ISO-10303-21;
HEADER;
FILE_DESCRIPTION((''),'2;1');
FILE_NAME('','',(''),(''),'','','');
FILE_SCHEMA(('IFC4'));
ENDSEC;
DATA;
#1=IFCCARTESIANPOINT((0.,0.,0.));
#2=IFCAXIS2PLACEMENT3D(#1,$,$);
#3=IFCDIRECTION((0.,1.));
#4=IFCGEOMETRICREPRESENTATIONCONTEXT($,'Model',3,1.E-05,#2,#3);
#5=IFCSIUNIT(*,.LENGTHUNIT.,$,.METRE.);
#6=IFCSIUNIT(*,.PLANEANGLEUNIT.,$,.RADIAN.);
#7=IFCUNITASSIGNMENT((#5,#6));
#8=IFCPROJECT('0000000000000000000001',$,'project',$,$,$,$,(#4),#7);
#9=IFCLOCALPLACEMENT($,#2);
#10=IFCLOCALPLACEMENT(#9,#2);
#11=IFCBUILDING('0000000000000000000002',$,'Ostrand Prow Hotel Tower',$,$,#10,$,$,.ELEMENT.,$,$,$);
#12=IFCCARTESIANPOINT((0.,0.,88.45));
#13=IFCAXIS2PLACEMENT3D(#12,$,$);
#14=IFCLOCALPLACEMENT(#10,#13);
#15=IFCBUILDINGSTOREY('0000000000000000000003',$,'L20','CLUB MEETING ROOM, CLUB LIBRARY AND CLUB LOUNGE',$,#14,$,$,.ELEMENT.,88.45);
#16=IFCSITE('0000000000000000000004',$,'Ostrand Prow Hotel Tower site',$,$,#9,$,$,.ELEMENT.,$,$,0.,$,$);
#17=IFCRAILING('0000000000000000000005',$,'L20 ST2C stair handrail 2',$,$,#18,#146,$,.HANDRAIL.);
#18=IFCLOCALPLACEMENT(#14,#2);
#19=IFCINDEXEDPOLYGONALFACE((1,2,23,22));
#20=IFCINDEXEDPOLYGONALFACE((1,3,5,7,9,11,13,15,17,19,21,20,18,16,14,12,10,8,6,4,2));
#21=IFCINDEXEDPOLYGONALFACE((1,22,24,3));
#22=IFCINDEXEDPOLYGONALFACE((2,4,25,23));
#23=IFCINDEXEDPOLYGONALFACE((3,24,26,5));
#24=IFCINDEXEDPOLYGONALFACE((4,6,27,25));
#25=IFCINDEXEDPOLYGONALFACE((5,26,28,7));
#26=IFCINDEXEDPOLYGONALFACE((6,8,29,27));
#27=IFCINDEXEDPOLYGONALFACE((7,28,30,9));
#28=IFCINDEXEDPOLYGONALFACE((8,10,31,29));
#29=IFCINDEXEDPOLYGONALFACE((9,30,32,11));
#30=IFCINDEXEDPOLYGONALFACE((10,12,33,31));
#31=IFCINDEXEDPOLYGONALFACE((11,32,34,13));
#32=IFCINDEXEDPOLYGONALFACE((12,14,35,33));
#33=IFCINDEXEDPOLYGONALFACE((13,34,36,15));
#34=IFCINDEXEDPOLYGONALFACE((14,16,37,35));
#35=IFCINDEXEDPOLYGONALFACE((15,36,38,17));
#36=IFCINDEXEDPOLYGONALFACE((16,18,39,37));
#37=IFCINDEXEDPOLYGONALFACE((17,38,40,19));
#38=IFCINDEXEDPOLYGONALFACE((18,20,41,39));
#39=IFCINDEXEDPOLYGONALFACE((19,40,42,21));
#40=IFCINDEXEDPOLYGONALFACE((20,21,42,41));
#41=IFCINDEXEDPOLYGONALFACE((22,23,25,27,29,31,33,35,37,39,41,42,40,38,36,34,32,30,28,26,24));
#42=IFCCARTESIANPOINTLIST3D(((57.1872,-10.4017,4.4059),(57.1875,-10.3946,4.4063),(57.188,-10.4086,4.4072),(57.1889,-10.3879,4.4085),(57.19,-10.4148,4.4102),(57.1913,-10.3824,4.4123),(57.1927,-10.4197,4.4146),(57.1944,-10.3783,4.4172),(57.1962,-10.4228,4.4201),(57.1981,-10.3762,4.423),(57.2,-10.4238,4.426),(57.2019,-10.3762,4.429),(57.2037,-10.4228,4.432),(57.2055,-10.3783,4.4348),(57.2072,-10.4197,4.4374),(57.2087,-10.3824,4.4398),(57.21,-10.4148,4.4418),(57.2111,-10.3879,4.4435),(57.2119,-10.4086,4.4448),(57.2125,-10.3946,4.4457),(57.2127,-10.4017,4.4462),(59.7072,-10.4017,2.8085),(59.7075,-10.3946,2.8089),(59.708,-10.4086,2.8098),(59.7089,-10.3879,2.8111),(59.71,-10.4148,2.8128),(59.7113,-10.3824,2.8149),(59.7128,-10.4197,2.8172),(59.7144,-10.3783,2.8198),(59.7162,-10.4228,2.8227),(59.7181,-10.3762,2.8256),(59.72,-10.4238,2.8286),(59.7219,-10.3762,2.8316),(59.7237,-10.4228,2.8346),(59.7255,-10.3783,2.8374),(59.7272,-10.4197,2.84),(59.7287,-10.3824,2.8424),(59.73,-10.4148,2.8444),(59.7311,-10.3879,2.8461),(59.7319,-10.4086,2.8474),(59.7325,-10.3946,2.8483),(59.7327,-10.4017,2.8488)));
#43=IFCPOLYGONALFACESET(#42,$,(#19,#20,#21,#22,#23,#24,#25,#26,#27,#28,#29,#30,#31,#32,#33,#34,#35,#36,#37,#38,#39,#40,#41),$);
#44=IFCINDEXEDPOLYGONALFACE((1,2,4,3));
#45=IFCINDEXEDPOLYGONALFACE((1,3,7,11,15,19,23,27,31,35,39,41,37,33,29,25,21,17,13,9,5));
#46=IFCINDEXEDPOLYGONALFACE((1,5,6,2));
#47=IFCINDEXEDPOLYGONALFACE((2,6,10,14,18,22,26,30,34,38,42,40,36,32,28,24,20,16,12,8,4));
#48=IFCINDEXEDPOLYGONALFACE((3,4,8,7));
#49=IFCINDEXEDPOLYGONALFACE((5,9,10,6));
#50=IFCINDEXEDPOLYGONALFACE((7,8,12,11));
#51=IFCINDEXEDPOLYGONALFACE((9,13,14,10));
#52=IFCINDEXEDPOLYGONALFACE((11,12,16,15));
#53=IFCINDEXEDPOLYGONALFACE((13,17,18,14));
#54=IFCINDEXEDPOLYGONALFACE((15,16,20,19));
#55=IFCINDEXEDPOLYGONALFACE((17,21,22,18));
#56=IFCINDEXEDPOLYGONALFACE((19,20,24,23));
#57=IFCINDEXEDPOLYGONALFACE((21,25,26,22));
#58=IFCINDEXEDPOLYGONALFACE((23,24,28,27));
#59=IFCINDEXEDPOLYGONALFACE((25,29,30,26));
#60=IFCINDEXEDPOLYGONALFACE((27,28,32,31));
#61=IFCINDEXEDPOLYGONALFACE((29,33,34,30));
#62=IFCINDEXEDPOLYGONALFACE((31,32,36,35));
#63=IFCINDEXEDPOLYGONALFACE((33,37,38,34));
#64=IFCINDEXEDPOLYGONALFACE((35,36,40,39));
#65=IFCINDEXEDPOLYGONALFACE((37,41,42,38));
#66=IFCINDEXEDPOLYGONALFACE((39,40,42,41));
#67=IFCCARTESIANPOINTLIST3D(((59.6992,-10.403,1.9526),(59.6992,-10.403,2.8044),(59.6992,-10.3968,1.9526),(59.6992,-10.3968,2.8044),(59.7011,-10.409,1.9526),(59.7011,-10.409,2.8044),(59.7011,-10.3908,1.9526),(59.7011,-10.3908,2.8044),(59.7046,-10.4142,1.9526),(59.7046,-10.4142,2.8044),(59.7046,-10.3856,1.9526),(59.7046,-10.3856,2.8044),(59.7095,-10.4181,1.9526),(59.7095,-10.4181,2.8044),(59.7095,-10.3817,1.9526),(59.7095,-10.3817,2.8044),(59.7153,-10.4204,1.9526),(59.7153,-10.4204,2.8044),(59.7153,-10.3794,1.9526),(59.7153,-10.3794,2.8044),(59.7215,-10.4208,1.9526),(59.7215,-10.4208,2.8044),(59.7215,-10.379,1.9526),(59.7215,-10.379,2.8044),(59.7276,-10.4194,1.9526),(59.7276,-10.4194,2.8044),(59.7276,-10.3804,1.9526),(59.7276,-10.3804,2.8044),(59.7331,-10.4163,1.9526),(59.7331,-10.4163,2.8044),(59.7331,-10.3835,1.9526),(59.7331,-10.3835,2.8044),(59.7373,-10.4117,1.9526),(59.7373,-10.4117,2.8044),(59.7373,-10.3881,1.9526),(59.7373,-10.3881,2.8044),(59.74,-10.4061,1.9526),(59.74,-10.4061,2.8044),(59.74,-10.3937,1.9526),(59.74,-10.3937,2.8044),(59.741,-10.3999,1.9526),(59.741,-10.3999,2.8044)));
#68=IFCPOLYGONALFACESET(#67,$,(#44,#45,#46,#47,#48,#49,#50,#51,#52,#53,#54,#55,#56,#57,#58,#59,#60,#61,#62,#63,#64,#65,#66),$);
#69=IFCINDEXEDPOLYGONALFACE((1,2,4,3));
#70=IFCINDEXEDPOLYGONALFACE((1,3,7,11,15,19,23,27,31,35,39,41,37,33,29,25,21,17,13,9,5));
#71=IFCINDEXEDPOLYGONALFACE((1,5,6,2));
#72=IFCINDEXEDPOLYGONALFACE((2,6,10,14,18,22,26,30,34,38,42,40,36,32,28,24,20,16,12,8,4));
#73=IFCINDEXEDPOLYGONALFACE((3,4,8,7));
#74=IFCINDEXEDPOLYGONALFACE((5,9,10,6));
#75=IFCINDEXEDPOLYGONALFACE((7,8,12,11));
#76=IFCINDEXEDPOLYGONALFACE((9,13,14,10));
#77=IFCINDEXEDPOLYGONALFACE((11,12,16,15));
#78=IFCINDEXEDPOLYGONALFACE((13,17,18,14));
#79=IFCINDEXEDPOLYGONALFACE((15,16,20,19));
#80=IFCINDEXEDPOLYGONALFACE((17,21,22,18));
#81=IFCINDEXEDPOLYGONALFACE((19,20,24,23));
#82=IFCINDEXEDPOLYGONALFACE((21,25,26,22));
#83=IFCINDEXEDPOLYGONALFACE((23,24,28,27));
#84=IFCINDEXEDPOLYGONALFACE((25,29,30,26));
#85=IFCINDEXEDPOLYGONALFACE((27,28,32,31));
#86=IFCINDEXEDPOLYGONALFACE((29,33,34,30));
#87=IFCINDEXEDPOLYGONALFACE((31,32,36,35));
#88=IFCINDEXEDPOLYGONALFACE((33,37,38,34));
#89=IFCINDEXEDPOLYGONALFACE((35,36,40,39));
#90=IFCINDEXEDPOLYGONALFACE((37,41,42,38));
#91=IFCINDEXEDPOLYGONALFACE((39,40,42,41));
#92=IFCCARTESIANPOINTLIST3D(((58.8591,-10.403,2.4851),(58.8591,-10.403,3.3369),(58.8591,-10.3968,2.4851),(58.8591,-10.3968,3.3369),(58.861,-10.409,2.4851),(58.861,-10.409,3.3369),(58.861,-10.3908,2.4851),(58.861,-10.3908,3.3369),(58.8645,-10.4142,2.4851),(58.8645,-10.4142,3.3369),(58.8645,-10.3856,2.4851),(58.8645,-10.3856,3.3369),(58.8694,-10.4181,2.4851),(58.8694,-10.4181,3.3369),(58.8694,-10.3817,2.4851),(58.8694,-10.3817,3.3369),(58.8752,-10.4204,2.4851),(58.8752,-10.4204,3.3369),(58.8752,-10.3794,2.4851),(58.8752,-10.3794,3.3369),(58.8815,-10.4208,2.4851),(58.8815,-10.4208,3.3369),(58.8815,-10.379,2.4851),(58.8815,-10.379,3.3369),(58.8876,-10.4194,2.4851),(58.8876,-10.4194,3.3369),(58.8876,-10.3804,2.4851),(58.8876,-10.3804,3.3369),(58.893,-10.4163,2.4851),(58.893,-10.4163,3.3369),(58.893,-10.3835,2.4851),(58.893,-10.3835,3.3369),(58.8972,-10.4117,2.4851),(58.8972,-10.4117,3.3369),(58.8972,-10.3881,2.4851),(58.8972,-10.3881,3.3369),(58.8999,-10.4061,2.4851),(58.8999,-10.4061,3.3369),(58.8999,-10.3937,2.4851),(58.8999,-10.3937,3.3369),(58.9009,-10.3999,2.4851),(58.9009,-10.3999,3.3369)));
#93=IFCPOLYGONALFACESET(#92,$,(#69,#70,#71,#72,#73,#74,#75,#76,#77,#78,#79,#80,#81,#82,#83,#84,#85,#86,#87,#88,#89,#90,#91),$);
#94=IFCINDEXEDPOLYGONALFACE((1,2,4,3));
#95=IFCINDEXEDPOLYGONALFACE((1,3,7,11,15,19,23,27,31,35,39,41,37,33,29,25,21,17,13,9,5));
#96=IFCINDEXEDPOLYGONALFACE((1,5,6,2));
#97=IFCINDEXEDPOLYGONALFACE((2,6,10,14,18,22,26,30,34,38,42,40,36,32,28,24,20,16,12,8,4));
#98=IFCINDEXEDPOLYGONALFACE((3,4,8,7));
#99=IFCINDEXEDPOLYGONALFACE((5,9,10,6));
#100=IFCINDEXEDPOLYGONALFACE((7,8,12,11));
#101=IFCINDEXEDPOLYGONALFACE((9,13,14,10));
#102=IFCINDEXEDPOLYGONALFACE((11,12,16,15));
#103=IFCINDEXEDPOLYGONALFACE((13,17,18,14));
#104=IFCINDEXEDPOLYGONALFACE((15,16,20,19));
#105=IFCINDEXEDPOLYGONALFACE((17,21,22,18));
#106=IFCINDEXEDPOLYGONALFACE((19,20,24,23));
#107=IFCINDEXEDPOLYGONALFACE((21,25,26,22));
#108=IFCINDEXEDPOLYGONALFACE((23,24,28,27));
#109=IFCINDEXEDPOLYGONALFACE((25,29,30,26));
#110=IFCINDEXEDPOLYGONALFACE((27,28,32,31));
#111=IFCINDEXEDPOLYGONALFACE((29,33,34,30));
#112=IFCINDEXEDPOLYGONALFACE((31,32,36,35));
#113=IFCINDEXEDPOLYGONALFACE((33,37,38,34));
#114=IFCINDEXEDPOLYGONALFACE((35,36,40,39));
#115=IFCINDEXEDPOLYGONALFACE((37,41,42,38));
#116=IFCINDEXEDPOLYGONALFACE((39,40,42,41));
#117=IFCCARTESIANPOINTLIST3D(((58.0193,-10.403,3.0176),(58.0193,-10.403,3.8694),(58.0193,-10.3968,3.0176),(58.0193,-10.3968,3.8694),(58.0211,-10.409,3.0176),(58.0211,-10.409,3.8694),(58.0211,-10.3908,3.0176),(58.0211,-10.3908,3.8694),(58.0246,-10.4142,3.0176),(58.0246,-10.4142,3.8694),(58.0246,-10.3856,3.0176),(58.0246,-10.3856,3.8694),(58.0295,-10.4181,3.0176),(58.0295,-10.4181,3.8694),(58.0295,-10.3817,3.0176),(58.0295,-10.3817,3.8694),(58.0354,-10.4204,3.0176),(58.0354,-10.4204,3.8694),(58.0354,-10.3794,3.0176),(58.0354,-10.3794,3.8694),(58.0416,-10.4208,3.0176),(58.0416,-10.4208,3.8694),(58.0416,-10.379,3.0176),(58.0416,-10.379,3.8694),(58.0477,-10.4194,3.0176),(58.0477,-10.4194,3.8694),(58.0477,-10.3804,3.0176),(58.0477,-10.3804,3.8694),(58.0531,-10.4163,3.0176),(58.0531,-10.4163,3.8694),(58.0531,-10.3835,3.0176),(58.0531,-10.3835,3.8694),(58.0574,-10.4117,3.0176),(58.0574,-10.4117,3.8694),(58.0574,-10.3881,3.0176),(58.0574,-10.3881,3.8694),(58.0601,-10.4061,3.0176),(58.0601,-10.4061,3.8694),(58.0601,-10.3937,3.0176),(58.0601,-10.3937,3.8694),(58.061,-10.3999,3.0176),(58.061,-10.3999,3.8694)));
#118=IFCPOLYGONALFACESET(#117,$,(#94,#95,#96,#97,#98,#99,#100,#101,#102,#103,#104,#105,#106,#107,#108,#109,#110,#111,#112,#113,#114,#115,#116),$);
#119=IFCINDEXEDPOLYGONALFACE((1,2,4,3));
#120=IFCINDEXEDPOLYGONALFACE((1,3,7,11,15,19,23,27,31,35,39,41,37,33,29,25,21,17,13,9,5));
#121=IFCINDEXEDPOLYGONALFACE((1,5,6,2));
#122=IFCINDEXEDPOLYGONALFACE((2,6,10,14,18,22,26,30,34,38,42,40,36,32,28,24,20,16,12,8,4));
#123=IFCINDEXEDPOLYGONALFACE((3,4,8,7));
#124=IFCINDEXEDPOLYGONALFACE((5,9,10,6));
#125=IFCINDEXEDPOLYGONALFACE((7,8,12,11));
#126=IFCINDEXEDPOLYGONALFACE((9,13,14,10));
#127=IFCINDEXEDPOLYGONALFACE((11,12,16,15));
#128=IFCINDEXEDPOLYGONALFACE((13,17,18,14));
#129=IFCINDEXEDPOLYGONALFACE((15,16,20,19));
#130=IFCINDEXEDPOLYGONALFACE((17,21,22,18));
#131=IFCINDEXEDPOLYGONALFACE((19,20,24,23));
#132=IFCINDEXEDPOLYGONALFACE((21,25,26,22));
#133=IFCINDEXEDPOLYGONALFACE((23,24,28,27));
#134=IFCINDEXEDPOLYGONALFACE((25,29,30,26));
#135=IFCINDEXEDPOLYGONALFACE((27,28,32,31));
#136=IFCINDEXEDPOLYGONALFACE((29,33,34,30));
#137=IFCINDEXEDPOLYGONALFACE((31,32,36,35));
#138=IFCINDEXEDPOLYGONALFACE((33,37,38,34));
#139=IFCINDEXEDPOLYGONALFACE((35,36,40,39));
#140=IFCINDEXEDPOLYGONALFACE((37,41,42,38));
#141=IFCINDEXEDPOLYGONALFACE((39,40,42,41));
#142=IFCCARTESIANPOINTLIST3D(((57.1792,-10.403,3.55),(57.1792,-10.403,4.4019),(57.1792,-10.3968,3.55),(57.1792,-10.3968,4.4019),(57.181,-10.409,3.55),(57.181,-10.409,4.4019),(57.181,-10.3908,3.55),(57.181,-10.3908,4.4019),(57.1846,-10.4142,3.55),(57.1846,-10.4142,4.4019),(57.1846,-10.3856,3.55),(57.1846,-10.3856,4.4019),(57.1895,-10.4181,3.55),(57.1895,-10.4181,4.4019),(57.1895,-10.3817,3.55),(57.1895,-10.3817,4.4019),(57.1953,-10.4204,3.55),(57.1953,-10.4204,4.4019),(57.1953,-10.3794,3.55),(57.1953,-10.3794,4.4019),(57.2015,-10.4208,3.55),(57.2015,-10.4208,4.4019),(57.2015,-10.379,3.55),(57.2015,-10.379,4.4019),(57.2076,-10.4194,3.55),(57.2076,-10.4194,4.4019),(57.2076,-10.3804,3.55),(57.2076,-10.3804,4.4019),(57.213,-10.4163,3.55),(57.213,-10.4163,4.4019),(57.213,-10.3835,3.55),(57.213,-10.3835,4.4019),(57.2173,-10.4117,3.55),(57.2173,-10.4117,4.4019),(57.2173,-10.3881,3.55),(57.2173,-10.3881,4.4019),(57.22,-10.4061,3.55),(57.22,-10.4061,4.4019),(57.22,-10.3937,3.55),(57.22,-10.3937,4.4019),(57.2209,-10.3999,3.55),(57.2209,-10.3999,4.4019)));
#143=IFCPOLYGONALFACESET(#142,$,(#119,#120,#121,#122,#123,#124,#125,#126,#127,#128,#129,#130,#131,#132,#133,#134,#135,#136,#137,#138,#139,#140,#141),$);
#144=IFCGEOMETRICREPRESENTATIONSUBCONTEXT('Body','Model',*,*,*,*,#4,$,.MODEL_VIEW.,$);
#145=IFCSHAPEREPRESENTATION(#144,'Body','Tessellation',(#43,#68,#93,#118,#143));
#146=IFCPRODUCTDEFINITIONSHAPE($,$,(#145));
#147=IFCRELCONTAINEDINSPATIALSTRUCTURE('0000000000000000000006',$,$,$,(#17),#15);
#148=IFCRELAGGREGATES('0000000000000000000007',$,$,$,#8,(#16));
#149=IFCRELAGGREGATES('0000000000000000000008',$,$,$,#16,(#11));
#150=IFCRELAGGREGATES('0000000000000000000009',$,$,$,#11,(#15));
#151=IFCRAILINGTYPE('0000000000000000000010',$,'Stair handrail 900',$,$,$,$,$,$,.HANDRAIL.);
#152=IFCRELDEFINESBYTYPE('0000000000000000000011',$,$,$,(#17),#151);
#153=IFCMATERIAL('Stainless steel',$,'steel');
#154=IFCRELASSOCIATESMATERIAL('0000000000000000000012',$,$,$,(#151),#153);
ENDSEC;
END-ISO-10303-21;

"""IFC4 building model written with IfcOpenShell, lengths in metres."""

from ifc_helpers import new_model, si_unit, direction, frame, origin, origin_2d, place, context, subcontext, project, spatial, circle, extrude, material, type_object, element, save


model = new_model("IFC4")

# Units and contexts
model_context = context("Model", 3, precision=1e-05, world=origin(), true_north=direction((0.0, 1.0)))
body_context = subcontext(model_context, "Body", "Model", "MODEL_VIEW")
ifc_project = project(units=[si_unit("LENGTHUNIT", "METRE"), si_unit("PLANEANGLEUNIT", "RADIAN")], contexts=[model_context])

# Site, building, storey
site_placement = place(None, origin())
site = spatial("IfcSite", under=ifc_project, at=site_placement, Name="Ostrand Prow Hotel Tower site", CompositionType="ELEMENT", RefElevation=0.0)
building_placement = place(site_placement, origin())
building = spatial("IfcBuilding", under=site, at=building_placement, Name="Ostrand Prow Hotel Tower", CompositionType="ELEMENT")
storey_placement = place(building_placement, frame((0.0, 0.0, 88.45)))
storey = spatial("IfcBuildingStorey", under=building, at=storey_placement, Name="L20", Description="CLUB MEETING ROOM, CLUB LIBRARY AND CLUB LOUNGE", CompositionType="ELEMENT", Elevation=88.45)

# Railing
ifc_material_1 = material(Name="Stainless steel", Category="steel")
railing_type_1 = type_object("IfcRailingType", Name="Stair handrail 900", PredefinedType="HANDRAIL", material=ifc_material_1)
railing_1_placement = place(storey_placement, frame((59.72, -10.3999, 1.9526)))
element("IfcRailing", 1, at=railing_1_placement, inside=storey, type_object=railing_type_1, Name="L20 ST2C stair handrail 2", PredefinedType="HANDRAIL", context=body_context, shape_type="SweptSolid", body=[
    extrude(circle(Radius=0.0239, at=origin_2d()), frame((0.0, 0.0, 0.876), z_axis=(-0.844607, 0.0, 0.535387), x_axis=(0.0, -1.0, 0.0)), (0.0, 0.0, 1.0), 2.9836),
    extrude(circle(Radius=0.021, at=origin_2d()), origin(), (0.0, 0.0, 1.0), 0.8518),
    extrude(circle(Radius=0.021, at=origin_2d()), frame((-0.8401, 0.0, 0.5325)), (0.0, 0.0, 1.0), 0.8518),
    extrude(circle(Radius=0.021, at=origin_2d()), frame((-1.6799, 0.0, 1.0649)), (0.0, 0.0, 1.0), 0.8518),
    extrude(circle(Radius=0.021, at=origin_2d()), frame((-2.52, 0.0, 1.5974)), (0.0, 0.0, 1.0), 0.8518),
])

save(model, "model.ifc")
